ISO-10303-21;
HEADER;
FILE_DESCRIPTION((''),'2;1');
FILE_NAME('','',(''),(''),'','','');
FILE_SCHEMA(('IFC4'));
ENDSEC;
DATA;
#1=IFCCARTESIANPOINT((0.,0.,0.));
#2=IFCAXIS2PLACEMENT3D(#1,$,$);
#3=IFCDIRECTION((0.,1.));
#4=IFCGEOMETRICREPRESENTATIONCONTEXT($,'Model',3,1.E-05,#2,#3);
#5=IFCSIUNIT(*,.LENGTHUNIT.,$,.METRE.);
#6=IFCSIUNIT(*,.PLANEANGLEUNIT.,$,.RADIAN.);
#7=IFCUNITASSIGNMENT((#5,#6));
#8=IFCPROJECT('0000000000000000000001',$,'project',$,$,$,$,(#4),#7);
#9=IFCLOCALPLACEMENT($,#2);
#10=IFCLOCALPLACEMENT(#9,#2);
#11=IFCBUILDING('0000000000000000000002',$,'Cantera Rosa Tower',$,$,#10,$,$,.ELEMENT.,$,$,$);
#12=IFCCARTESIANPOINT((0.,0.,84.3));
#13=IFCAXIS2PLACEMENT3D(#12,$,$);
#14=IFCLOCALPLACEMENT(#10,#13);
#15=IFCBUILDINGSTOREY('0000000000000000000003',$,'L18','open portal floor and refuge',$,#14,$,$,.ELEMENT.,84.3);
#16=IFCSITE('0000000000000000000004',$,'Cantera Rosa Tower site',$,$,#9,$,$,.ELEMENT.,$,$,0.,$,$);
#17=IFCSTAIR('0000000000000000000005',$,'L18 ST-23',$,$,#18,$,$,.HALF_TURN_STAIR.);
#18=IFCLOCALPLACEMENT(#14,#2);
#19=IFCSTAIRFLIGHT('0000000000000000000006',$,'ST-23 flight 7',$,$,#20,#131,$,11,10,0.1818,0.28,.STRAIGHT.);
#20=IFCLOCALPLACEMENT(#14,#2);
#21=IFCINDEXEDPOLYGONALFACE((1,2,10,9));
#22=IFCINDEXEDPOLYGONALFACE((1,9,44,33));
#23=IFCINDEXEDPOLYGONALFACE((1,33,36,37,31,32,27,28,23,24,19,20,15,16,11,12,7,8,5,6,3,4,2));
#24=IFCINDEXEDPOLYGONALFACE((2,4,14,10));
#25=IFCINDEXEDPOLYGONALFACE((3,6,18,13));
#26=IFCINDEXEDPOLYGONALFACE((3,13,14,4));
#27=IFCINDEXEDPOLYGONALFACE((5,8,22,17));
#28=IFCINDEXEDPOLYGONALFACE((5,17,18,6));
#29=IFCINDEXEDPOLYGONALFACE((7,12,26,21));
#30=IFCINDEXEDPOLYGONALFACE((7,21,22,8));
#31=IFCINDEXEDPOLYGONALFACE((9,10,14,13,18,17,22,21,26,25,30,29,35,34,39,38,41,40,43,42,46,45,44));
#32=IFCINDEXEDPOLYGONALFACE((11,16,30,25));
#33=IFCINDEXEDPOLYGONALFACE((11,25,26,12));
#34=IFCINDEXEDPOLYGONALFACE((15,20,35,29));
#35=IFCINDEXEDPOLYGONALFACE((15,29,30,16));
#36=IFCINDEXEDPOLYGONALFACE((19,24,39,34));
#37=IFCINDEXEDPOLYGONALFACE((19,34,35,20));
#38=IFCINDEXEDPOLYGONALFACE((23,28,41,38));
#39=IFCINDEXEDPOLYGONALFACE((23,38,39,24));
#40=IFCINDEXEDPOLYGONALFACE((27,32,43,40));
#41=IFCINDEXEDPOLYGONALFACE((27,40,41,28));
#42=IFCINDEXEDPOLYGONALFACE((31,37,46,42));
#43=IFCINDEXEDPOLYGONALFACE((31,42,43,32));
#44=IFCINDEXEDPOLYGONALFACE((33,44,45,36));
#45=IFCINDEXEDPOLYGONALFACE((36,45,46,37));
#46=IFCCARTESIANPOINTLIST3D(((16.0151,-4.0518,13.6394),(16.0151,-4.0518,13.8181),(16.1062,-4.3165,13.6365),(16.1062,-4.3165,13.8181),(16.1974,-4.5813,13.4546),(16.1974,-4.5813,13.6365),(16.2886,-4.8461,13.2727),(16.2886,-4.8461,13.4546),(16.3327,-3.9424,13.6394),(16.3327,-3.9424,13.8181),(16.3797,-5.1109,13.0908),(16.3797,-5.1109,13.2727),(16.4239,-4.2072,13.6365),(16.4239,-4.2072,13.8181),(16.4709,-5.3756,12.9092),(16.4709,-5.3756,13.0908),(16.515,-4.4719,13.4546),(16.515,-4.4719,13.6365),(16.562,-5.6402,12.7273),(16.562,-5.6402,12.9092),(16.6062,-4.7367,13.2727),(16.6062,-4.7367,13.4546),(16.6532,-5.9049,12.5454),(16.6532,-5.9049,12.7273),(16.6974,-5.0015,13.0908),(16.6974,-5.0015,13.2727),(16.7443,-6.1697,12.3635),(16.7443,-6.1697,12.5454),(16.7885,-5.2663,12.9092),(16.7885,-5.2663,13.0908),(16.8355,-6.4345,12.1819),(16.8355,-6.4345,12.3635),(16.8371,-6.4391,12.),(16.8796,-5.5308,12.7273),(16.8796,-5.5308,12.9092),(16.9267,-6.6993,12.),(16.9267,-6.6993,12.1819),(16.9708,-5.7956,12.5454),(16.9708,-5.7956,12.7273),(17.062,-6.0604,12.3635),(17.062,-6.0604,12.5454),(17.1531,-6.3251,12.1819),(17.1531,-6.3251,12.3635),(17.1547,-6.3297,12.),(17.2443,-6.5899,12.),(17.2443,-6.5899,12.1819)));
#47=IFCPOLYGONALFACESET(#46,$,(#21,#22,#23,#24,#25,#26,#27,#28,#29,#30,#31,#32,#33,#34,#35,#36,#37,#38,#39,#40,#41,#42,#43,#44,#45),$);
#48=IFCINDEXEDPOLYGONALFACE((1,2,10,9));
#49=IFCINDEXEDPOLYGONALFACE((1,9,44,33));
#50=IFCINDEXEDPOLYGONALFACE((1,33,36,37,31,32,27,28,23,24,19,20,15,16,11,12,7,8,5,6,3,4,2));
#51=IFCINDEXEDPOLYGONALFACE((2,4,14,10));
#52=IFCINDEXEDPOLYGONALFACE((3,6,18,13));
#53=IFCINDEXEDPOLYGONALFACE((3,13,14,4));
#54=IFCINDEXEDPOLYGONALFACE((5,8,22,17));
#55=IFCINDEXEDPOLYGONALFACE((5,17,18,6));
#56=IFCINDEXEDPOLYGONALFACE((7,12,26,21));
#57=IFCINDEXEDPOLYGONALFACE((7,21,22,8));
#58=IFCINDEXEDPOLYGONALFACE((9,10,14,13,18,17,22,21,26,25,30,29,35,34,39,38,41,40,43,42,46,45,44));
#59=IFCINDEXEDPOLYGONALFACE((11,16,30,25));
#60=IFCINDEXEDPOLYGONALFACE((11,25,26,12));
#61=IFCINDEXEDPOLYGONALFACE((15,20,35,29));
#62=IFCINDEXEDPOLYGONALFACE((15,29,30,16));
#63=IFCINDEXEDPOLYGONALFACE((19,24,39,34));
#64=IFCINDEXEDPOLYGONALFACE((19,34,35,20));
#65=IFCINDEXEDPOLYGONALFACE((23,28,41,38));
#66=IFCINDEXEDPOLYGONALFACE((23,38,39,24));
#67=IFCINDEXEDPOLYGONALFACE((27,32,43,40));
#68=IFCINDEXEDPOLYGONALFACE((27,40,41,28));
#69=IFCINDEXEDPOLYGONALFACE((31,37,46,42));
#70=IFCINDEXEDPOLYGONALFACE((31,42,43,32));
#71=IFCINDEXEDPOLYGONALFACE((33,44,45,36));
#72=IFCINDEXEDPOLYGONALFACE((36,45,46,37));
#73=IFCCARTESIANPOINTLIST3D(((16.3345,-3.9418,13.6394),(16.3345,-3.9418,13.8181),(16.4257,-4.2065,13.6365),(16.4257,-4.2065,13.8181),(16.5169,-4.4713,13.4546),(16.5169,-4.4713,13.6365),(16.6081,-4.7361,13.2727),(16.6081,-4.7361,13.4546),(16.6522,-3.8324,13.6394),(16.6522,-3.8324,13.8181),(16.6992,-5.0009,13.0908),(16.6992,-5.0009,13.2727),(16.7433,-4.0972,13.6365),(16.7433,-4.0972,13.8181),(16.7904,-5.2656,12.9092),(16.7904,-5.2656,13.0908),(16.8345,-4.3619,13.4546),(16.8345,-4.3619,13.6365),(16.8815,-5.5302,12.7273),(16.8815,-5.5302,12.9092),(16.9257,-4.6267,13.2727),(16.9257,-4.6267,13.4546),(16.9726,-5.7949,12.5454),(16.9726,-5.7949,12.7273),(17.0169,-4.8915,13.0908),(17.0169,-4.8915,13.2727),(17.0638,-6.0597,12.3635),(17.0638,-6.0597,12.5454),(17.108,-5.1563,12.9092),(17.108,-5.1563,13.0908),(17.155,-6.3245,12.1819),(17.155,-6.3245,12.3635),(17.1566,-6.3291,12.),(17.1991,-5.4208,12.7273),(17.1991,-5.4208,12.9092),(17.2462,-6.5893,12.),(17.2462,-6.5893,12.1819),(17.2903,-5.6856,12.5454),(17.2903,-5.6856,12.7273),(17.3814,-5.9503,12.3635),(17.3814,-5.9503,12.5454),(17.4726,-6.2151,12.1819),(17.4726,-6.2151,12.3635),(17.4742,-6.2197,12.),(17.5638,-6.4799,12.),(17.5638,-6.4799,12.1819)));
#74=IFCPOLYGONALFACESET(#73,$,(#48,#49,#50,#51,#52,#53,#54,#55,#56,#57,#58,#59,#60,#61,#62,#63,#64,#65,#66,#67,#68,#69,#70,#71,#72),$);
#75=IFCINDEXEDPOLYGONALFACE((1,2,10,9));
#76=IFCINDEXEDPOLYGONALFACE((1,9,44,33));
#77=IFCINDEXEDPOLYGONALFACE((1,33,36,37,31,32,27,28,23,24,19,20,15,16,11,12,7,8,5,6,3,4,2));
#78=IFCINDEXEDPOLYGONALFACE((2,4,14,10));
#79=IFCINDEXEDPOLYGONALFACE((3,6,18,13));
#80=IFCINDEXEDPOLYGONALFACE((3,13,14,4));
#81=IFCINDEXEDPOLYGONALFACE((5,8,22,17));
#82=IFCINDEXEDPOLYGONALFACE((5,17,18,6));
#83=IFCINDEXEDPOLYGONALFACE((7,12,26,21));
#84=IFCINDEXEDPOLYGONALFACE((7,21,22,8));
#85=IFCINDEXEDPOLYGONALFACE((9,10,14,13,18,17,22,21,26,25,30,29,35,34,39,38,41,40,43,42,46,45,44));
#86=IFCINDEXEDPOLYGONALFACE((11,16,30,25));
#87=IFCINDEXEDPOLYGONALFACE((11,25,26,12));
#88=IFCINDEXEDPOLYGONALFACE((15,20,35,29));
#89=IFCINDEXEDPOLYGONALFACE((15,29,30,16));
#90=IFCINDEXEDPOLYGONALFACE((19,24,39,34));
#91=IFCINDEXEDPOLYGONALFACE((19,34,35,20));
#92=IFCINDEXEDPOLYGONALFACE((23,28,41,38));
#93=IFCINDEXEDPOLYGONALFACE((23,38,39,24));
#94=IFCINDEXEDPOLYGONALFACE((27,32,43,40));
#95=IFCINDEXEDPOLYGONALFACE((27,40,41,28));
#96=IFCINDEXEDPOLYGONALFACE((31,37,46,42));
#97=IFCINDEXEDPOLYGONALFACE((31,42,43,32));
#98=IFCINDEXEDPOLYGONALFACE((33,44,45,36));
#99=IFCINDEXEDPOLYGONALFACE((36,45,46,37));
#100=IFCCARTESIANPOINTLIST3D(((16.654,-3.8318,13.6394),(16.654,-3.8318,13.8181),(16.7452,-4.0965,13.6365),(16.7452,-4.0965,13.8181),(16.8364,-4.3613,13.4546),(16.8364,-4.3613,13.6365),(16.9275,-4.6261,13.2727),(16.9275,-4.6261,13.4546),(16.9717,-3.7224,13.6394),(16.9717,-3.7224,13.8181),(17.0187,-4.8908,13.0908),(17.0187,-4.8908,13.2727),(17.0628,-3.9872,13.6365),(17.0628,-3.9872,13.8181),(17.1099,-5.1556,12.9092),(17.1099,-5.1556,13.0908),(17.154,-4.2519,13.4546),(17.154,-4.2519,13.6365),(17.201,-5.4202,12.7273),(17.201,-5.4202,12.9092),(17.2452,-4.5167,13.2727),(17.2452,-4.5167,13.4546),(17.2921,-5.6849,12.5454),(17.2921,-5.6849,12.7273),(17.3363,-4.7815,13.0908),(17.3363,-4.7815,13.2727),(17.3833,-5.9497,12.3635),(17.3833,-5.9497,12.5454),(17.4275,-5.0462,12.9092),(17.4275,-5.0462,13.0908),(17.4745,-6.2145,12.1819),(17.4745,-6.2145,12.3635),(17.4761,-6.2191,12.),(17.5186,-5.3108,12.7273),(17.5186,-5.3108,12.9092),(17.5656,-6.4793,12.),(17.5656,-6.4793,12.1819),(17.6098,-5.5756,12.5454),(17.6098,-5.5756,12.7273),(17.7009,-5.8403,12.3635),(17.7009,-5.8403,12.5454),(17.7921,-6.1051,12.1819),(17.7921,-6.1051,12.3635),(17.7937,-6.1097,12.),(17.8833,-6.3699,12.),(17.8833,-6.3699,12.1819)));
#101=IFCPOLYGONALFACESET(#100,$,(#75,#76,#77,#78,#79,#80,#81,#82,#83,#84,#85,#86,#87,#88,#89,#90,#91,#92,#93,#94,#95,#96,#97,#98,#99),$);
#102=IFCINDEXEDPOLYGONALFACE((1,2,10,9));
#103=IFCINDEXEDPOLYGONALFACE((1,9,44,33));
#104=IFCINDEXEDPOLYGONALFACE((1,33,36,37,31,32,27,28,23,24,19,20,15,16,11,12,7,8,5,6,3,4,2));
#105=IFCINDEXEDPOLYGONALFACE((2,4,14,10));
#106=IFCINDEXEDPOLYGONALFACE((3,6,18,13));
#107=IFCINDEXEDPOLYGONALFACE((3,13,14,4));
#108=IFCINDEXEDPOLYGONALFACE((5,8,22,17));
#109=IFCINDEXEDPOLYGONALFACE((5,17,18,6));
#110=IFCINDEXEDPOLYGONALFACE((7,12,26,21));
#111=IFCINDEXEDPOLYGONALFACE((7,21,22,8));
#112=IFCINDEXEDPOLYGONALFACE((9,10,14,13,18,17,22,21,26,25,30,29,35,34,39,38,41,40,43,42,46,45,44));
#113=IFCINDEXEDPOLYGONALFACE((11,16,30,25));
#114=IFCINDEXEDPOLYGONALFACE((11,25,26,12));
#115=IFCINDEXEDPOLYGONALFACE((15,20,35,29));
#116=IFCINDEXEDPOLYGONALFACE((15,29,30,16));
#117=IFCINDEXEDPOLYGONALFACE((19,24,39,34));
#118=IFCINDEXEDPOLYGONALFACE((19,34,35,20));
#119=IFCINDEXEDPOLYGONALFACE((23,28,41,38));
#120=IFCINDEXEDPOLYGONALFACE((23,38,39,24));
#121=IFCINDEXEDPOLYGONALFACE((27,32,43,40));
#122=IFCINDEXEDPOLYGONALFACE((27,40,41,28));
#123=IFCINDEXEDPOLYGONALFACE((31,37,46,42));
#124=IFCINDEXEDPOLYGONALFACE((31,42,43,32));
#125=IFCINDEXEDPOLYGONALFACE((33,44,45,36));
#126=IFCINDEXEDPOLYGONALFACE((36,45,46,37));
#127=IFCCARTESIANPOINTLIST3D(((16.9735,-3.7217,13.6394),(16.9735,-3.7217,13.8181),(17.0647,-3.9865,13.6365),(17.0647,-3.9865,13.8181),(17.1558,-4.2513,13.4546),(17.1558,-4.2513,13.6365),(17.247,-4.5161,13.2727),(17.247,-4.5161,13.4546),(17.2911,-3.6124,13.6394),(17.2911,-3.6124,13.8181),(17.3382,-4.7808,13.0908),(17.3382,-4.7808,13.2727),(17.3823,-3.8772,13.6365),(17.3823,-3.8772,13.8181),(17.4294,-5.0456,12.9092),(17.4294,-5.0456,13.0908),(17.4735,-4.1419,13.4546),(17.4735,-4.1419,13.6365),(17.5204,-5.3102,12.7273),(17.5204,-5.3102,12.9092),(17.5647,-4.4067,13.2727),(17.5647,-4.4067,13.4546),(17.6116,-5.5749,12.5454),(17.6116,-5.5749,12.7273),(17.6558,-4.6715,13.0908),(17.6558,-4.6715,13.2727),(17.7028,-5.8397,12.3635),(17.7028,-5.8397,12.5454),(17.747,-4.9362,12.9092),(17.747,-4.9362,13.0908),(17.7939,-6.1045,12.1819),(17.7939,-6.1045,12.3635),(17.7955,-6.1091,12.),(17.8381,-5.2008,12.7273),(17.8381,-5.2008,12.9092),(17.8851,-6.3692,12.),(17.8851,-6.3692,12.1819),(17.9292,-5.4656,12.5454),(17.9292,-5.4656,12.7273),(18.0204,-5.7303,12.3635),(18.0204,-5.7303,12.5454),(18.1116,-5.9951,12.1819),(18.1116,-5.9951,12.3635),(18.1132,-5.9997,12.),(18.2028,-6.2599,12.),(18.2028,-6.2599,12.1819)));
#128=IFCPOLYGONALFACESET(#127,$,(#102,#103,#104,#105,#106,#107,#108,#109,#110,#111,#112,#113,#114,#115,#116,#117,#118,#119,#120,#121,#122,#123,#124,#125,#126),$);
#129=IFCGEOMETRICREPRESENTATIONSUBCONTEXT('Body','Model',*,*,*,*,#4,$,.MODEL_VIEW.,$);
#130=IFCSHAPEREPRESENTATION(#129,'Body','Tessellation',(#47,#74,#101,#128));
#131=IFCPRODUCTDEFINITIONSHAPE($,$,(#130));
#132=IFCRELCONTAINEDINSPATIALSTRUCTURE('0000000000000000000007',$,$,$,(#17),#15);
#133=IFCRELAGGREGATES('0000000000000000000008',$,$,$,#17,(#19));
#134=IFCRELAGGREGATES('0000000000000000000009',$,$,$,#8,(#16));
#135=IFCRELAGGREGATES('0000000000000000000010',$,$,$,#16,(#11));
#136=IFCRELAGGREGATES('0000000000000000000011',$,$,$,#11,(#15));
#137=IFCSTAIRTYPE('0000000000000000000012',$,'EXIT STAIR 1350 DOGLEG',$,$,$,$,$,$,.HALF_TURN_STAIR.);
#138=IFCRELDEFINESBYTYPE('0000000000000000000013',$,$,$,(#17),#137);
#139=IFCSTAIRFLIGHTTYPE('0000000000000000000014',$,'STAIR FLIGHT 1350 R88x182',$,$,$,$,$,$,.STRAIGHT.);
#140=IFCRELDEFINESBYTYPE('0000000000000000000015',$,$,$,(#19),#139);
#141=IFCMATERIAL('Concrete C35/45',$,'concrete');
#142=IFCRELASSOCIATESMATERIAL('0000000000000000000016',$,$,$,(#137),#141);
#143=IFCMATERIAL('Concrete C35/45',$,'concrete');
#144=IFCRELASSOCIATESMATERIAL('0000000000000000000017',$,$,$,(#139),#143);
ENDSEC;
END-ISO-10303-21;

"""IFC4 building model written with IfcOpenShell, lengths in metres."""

from ifc_helpers import new_model, si_unit, direction, frame, origin, place, context, subcontext, project, spatial, polyline, outline, extrude, material, type_object, element, aggregate, save


model = new_model("IFC4")

# Units and contexts
model_context = context("Model", 3, precision=1e-05, world=origin(), true_north=direction((0.0, 1.0)))
body_context = subcontext(model_context, "Body", "Model", "MODEL_VIEW")
ifc_project = project(units=[si_unit("LENGTHUNIT", "METRE"), si_unit("PLANEANGLEUNIT", "RADIAN")], contexts=[model_context])

# Site, building, storey
site_placement = place(None, origin())
site = spatial("IfcSite", under=ifc_project, at=site_placement, Name="Cantera Rosa Tower site", CompositionType="ELEMENT", RefElevation=0.0)
building_placement = place(site_placement, origin())
building = spatial("IfcBuilding", under=site, at=building_placement, Name="Cantera Rosa Tower", CompositionType="ELEMENT")
storey_placement = place(building_placement, frame((0.0, 0.0, 84.3)))
storey = spatial("IfcBuildingStorey", under=building, at=storey_placement, Name="L18", Description="open portal floor and refuge", CompositionType="ELEMENT", Elevation=84.3)

# Stair, stair flight
ifc_material_1 = material(Name="Concrete C35/45", Category="concrete")
stair_type = type_object("IfcStairType", Name="EXIT STAIR 1350 DOGLEG", PredefinedType="HALF_TURN_STAIR", material=ifc_material_1)
stair_placement = place(storey_placement, origin())
stair = element("IfcStair", 1, at=stair_placement, inside=storey, type_object=stair_type, Name="L18 ST-23", PredefinedType="HALF_TURN_STAIR")
ifc_material_2 = material(Name="Concrete C35/45", Category="concrete")
stair_flight_type = type_object("IfcStairFlightType", Name="STAIR FLIGHT 1350 R88x182", PredefinedType="STRAIGHT", material=ifc_material_2)
stair_flight_1_placement = place(storey_placement, frame((17.5649, -6.4795, 12.0), z_axis=(0.0, 0.0, 1.0), x_axis=(-0.325568, 0.945519, 0.0)))
stair_flight_1 = element("IfcStairFlight", 2, at=stair_flight_1_placement, type_object=stair_flight_type, Name="ST-23 flight 7", NumberOfRisers=11, NumberOfTreads=10, PredefinedType="STRAIGHT", RiserHeight=0.1818, TreadLength=0.28, context=body_context, shape_type="SweptSolid", body=[
    extrude(outline(polyline([(0.0, 0.0), (0.0, 0.1819), (0.28, 0.1819), (0.28, 0.3635), (0.5601, 0.3635), (0.5601, 0.5454), (0.8401, 0.5454), (0.8401, 0.7273), (1.1201, 0.7273), (1.1201, 0.9092), (1.3999, 0.9092), (1.3999, 1.0908), (1.6799, 1.0908), (1.6799, 1.2727), (1.96, 1.2727), (1.96, 1.4546), (2.24, 1.4546), (2.24, 1.6365), (2.52, 1.6365), (2.52, 1.8181), (2.8, 1.8181), (2.8, 2.0), (2.8, 1.6394), (0.2751, 0.0), (0.0, 0.0)])), frame((0.0, 0.675, 0.0), z_axis=(0.0, -1.0, 0.0), x_axis=(1.0, 0.0, 0.0)), (0.0, 0.0, 1.0), 0.3359),
    extrude(outline(polyline([(0.0, 0.0), (0.0, 0.1819), (0.28, 0.1819), (0.28, 0.3635), (0.5601, 0.3635), (0.5601, 0.5454), (0.8401, 0.5454), (0.8401, 0.7273), (1.1201, 0.7273), (1.1201, 0.9092), (1.3999, 0.9092), (1.3999, 1.0908), (1.6799, 1.0908), (1.6799, 1.2727), (1.96, 1.2727), (1.96, 1.4546), (2.24, 1.4546), (2.24, 1.6365), (2.52, 1.6365), (2.52, 1.8181), (2.8, 1.8181), (2.8, 2.0), (2.8, 1.6394), (0.2751, 0.0), (0.0, 0.0)])), frame((0.0, 0.3372, 0.0), z_axis=(0.0, -1.0, 0.0), x_axis=(1.0, 0.0, 0.0)), (0.0, 0.0, 1.0), 0.3359),
    extrude(outline(polyline([(0.0, 0.0), (0.0, 0.1819), (0.28, 0.1819), (0.28, 0.3635), (0.5601, 0.3635), (0.5601, 0.5454), (0.8401, 0.5454), (0.8401, 0.7273), (1.1201, 0.7273), (1.1201, 0.9092), (1.3999, 0.9092), (1.3999, 1.0908), (1.6799, 1.0908), (1.6799, 1.2727), (1.96, 1.2727), (1.96, 1.4546), (2.24, 1.4546), (2.24, 1.6365), (2.52, 1.6365), (2.52, 1.8181), (2.8, 1.8181), (2.8, 2.0), (2.8, 1.6394), (0.2751, 0.0), (0.0, 0.0)])), frame((0.0, -0.0007, 0.0), z_axis=(0.0, -1.0, 0.0), x_axis=(1.0, 0.0, 0.0)), (0.0, 0.0, 1.0), 0.3359),
    extrude(outline(polyline([(0.0, 0.0), (0.0, 0.1819), (0.28, 0.1819), (0.28, 0.3635), (0.5601, 0.3635), (0.5601, 0.5454), (0.8401, 0.5454), (0.8401, 0.7273), (1.1201, 0.7273), (1.1201, 0.9092), (1.3999, 0.9092), (1.3999, 1.0908), (1.6799, 1.0908), (1.6799, 1.2727), (1.96, 1.2727), (1.96, 1.4546), (2.24, 1.4546), (2.24, 1.6365), (2.52, 1.6365), (2.52, 1.8181), (2.8, 1.8181), (2.8, 2.0), (2.8, 1.6394), (0.2751, 0.0), (0.0, 0.0)])), frame((0.0, -0.3386, 0.0), z_axis=(0.0, -1.0, 0.0), x_axis=(1.0, 0.0, 0.0)), (0.0, 0.0, 1.0), 0.3359),
])
aggregate(stair, [stair_flight_1])

save(model, "model.ifc")
